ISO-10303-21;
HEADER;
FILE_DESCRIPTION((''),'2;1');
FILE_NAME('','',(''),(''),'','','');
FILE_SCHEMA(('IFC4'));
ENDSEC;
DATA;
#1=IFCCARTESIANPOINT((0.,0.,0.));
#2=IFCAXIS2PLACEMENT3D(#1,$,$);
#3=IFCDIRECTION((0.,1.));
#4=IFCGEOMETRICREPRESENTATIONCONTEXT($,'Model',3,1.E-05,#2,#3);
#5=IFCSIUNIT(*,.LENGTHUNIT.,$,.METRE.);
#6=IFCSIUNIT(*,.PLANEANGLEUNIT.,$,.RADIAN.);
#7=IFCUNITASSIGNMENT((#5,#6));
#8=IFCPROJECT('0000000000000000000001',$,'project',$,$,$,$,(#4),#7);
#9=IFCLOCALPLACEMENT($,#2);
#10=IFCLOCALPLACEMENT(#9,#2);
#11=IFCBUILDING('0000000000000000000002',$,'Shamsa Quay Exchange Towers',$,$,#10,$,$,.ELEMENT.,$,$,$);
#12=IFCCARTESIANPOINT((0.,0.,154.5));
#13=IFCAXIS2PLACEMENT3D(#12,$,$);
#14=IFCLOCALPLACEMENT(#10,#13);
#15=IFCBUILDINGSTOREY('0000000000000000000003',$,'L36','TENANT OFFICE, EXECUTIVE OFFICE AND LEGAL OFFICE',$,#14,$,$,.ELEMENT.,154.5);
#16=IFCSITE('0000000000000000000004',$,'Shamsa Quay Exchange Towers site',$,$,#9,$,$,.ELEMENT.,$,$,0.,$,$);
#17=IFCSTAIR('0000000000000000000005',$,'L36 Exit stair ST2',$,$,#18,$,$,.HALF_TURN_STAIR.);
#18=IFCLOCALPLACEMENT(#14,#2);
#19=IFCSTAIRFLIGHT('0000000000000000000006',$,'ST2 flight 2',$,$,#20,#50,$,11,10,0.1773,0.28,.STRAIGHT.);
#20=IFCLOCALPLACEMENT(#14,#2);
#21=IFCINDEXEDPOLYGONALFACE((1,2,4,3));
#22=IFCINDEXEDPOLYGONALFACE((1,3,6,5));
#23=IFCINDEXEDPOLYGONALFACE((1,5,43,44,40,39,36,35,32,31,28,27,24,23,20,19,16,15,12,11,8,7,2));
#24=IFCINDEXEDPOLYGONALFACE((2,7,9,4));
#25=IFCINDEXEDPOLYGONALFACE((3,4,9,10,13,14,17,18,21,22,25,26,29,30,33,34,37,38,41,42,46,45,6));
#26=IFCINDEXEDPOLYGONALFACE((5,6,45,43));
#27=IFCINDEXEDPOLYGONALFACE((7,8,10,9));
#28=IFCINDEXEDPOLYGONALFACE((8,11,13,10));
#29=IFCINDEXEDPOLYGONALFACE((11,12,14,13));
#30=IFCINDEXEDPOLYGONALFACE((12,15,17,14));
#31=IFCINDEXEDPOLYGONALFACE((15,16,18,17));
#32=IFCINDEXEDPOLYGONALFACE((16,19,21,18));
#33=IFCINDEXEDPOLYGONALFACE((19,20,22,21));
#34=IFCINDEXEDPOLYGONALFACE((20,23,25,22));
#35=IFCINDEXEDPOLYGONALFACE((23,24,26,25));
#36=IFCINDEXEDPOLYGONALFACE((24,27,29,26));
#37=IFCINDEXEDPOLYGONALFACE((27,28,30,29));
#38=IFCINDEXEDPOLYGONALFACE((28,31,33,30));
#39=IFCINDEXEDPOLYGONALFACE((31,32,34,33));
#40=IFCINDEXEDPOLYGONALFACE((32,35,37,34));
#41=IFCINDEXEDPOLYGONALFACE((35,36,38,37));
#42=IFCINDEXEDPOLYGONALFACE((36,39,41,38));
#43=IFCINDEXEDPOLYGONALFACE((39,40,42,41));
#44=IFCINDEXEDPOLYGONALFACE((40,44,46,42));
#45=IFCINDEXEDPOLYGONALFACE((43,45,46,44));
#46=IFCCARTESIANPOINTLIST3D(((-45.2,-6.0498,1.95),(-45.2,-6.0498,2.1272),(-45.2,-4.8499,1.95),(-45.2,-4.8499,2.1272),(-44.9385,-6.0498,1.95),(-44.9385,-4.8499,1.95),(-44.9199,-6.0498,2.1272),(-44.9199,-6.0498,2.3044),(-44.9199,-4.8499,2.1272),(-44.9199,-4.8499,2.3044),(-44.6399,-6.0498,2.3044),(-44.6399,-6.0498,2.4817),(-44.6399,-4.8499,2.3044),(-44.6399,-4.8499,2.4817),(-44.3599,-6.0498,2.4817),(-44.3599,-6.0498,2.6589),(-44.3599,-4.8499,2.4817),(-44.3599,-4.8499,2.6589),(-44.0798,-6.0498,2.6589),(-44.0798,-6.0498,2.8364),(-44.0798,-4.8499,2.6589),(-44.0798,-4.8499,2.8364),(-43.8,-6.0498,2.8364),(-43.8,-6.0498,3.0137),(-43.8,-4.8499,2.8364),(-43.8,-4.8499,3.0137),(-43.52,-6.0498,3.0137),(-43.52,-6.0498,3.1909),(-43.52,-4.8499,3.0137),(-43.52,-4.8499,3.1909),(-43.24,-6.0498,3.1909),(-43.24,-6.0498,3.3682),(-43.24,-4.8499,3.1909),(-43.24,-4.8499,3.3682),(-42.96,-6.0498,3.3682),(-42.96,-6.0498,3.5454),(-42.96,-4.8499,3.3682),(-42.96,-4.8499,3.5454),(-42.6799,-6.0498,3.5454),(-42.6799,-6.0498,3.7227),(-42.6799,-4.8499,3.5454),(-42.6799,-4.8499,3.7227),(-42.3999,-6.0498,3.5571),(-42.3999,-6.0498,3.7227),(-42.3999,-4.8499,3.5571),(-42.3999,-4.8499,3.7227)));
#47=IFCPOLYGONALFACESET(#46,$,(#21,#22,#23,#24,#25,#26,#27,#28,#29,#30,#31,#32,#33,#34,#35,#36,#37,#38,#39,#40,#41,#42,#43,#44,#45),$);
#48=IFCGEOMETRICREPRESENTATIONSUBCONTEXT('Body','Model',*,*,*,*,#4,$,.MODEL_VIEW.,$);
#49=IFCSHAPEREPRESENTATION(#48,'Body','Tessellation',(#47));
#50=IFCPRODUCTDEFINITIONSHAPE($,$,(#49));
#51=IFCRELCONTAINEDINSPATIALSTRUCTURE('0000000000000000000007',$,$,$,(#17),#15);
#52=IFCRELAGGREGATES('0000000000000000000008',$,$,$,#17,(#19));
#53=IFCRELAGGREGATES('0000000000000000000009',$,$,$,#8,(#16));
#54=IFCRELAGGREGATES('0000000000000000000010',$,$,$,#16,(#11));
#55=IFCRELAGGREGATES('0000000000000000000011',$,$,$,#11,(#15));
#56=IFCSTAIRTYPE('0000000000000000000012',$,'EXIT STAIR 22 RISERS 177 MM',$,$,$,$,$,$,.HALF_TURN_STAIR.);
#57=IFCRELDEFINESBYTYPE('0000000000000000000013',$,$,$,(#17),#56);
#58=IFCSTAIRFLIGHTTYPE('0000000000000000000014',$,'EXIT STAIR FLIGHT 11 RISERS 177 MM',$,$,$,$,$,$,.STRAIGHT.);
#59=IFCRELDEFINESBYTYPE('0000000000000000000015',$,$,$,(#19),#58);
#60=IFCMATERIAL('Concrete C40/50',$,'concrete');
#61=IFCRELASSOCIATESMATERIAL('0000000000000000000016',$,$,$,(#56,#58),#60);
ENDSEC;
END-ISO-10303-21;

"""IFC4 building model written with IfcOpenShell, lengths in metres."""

from ifc_helpers import new_model, si_unit, direction, frame, origin, place, context, subcontext, project, spatial, polyline, outline, extrude, material, type_object, element, aggregate, save


model = new_model("IFC4")

# Units and contexts
model_context = context("Model", 3, precision=1e-05, world=origin(), true_north=direction((0.0, 1.0)))
body_context = subcontext(model_context, "Body", "Model", "MODEL_VIEW")
ifc_project = project(units=[si_unit("LENGTHUNIT", "METRE"), si_unit("PLANEANGLEUNIT", "RADIAN")], contexts=[model_context])

# Site, building, storey
site_placement = place(None, origin())
site = spatial("IfcSite", under=ifc_project, at=site_placement, Name="Shamsa Quay Exchange Towers site", CompositionType="ELEMENT", RefElevation=0.0)
building_placement = place(site_placement, origin())
building = spatial("IfcBuilding", under=site, at=building_placement, Name="Shamsa Quay Exchange Towers", CompositionType="ELEMENT")
storey_placement = place(building_placement, frame((0.0, 0.0, 154.5)))
storey = spatial("IfcBuildingStorey", under=building, at=storey_placement, Name="L36", Description="TENANT OFFICE, EXECUTIVE OFFICE AND LEGAL OFFICE", CompositionType="ELEMENT", Elevation=154.5)

# Stair, stair flight
ifc_material_1 = material(Name="Concrete C40/50", Category="concrete")
stair_type = type_object("IfcStairType", Name="EXIT STAIR 22 RISERS 177 MM", PredefinedType="HALF_TURN_STAIR", material=ifc_material_1)
stair_placement = place(storey_placement, origin())
stair = element("IfcStair", 1, at=stair_placement, inside=storey, type_object=stair_type, Name="L36 Exit stair ST2", PredefinedType="HALF_TURN_STAIR")
stair_flight_type = type_object("IfcStairFlightType", Name="EXIT STAIR FLIGHT 11 RISERS 177 MM", PredefinedType="STRAIGHT", material=ifc_material_1)
stair_flight_placement = place(storey_placement, frame((-45.2, -5.45, 1.95)))
stair_flight = element("IfcStairFlight", 2, at=stair_flight_placement, type_object=stair_flight_type, Name="ST2 flight 2", NumberOfRisers=11, NumberOfTreads=10, PredefinedType="STRAIGHT", RiserHeight=0.1773, TreadLength=0.28, context=body_context, shape_type="SweptSolid", body=[
    extrude(outline(polyline([(0.0, 0.0), (0.0, 0.1772), (0.28, 0.1772), (0.28, 0.3545), (0.5601, 0.3545), (0.5601, 0.5317), (0.8401, 0.5317), (0.8401, 0.709), (1.1201, 0.709), (1.1201, 0.8865), (1.3999, 0.8865), (1.3999, 1.0637), (1.6799, 1.0637), (1.6799, 1.241), (1.96, 1.241), (1.96, 1.4182), (2.24, 1.4182), (2.24, 1.5955), (2.52, 1.5955), (2.52, 1.7727), (2.8, 1.7727), (2.8, 1.95), (2.8, 1.6072), (0.2615, 0.0), (0.0, 0.0)])), frame((0.0, 0.6001, 0.0), z_axis=(0.0, -1.0, 0.0), x_axis=(1.0, 0.0, 0.0)), (0.0, 0.0, 1.0), 1.2),
])
aggregate(stair, [stair_flight])

save(model, "model.ifc")
